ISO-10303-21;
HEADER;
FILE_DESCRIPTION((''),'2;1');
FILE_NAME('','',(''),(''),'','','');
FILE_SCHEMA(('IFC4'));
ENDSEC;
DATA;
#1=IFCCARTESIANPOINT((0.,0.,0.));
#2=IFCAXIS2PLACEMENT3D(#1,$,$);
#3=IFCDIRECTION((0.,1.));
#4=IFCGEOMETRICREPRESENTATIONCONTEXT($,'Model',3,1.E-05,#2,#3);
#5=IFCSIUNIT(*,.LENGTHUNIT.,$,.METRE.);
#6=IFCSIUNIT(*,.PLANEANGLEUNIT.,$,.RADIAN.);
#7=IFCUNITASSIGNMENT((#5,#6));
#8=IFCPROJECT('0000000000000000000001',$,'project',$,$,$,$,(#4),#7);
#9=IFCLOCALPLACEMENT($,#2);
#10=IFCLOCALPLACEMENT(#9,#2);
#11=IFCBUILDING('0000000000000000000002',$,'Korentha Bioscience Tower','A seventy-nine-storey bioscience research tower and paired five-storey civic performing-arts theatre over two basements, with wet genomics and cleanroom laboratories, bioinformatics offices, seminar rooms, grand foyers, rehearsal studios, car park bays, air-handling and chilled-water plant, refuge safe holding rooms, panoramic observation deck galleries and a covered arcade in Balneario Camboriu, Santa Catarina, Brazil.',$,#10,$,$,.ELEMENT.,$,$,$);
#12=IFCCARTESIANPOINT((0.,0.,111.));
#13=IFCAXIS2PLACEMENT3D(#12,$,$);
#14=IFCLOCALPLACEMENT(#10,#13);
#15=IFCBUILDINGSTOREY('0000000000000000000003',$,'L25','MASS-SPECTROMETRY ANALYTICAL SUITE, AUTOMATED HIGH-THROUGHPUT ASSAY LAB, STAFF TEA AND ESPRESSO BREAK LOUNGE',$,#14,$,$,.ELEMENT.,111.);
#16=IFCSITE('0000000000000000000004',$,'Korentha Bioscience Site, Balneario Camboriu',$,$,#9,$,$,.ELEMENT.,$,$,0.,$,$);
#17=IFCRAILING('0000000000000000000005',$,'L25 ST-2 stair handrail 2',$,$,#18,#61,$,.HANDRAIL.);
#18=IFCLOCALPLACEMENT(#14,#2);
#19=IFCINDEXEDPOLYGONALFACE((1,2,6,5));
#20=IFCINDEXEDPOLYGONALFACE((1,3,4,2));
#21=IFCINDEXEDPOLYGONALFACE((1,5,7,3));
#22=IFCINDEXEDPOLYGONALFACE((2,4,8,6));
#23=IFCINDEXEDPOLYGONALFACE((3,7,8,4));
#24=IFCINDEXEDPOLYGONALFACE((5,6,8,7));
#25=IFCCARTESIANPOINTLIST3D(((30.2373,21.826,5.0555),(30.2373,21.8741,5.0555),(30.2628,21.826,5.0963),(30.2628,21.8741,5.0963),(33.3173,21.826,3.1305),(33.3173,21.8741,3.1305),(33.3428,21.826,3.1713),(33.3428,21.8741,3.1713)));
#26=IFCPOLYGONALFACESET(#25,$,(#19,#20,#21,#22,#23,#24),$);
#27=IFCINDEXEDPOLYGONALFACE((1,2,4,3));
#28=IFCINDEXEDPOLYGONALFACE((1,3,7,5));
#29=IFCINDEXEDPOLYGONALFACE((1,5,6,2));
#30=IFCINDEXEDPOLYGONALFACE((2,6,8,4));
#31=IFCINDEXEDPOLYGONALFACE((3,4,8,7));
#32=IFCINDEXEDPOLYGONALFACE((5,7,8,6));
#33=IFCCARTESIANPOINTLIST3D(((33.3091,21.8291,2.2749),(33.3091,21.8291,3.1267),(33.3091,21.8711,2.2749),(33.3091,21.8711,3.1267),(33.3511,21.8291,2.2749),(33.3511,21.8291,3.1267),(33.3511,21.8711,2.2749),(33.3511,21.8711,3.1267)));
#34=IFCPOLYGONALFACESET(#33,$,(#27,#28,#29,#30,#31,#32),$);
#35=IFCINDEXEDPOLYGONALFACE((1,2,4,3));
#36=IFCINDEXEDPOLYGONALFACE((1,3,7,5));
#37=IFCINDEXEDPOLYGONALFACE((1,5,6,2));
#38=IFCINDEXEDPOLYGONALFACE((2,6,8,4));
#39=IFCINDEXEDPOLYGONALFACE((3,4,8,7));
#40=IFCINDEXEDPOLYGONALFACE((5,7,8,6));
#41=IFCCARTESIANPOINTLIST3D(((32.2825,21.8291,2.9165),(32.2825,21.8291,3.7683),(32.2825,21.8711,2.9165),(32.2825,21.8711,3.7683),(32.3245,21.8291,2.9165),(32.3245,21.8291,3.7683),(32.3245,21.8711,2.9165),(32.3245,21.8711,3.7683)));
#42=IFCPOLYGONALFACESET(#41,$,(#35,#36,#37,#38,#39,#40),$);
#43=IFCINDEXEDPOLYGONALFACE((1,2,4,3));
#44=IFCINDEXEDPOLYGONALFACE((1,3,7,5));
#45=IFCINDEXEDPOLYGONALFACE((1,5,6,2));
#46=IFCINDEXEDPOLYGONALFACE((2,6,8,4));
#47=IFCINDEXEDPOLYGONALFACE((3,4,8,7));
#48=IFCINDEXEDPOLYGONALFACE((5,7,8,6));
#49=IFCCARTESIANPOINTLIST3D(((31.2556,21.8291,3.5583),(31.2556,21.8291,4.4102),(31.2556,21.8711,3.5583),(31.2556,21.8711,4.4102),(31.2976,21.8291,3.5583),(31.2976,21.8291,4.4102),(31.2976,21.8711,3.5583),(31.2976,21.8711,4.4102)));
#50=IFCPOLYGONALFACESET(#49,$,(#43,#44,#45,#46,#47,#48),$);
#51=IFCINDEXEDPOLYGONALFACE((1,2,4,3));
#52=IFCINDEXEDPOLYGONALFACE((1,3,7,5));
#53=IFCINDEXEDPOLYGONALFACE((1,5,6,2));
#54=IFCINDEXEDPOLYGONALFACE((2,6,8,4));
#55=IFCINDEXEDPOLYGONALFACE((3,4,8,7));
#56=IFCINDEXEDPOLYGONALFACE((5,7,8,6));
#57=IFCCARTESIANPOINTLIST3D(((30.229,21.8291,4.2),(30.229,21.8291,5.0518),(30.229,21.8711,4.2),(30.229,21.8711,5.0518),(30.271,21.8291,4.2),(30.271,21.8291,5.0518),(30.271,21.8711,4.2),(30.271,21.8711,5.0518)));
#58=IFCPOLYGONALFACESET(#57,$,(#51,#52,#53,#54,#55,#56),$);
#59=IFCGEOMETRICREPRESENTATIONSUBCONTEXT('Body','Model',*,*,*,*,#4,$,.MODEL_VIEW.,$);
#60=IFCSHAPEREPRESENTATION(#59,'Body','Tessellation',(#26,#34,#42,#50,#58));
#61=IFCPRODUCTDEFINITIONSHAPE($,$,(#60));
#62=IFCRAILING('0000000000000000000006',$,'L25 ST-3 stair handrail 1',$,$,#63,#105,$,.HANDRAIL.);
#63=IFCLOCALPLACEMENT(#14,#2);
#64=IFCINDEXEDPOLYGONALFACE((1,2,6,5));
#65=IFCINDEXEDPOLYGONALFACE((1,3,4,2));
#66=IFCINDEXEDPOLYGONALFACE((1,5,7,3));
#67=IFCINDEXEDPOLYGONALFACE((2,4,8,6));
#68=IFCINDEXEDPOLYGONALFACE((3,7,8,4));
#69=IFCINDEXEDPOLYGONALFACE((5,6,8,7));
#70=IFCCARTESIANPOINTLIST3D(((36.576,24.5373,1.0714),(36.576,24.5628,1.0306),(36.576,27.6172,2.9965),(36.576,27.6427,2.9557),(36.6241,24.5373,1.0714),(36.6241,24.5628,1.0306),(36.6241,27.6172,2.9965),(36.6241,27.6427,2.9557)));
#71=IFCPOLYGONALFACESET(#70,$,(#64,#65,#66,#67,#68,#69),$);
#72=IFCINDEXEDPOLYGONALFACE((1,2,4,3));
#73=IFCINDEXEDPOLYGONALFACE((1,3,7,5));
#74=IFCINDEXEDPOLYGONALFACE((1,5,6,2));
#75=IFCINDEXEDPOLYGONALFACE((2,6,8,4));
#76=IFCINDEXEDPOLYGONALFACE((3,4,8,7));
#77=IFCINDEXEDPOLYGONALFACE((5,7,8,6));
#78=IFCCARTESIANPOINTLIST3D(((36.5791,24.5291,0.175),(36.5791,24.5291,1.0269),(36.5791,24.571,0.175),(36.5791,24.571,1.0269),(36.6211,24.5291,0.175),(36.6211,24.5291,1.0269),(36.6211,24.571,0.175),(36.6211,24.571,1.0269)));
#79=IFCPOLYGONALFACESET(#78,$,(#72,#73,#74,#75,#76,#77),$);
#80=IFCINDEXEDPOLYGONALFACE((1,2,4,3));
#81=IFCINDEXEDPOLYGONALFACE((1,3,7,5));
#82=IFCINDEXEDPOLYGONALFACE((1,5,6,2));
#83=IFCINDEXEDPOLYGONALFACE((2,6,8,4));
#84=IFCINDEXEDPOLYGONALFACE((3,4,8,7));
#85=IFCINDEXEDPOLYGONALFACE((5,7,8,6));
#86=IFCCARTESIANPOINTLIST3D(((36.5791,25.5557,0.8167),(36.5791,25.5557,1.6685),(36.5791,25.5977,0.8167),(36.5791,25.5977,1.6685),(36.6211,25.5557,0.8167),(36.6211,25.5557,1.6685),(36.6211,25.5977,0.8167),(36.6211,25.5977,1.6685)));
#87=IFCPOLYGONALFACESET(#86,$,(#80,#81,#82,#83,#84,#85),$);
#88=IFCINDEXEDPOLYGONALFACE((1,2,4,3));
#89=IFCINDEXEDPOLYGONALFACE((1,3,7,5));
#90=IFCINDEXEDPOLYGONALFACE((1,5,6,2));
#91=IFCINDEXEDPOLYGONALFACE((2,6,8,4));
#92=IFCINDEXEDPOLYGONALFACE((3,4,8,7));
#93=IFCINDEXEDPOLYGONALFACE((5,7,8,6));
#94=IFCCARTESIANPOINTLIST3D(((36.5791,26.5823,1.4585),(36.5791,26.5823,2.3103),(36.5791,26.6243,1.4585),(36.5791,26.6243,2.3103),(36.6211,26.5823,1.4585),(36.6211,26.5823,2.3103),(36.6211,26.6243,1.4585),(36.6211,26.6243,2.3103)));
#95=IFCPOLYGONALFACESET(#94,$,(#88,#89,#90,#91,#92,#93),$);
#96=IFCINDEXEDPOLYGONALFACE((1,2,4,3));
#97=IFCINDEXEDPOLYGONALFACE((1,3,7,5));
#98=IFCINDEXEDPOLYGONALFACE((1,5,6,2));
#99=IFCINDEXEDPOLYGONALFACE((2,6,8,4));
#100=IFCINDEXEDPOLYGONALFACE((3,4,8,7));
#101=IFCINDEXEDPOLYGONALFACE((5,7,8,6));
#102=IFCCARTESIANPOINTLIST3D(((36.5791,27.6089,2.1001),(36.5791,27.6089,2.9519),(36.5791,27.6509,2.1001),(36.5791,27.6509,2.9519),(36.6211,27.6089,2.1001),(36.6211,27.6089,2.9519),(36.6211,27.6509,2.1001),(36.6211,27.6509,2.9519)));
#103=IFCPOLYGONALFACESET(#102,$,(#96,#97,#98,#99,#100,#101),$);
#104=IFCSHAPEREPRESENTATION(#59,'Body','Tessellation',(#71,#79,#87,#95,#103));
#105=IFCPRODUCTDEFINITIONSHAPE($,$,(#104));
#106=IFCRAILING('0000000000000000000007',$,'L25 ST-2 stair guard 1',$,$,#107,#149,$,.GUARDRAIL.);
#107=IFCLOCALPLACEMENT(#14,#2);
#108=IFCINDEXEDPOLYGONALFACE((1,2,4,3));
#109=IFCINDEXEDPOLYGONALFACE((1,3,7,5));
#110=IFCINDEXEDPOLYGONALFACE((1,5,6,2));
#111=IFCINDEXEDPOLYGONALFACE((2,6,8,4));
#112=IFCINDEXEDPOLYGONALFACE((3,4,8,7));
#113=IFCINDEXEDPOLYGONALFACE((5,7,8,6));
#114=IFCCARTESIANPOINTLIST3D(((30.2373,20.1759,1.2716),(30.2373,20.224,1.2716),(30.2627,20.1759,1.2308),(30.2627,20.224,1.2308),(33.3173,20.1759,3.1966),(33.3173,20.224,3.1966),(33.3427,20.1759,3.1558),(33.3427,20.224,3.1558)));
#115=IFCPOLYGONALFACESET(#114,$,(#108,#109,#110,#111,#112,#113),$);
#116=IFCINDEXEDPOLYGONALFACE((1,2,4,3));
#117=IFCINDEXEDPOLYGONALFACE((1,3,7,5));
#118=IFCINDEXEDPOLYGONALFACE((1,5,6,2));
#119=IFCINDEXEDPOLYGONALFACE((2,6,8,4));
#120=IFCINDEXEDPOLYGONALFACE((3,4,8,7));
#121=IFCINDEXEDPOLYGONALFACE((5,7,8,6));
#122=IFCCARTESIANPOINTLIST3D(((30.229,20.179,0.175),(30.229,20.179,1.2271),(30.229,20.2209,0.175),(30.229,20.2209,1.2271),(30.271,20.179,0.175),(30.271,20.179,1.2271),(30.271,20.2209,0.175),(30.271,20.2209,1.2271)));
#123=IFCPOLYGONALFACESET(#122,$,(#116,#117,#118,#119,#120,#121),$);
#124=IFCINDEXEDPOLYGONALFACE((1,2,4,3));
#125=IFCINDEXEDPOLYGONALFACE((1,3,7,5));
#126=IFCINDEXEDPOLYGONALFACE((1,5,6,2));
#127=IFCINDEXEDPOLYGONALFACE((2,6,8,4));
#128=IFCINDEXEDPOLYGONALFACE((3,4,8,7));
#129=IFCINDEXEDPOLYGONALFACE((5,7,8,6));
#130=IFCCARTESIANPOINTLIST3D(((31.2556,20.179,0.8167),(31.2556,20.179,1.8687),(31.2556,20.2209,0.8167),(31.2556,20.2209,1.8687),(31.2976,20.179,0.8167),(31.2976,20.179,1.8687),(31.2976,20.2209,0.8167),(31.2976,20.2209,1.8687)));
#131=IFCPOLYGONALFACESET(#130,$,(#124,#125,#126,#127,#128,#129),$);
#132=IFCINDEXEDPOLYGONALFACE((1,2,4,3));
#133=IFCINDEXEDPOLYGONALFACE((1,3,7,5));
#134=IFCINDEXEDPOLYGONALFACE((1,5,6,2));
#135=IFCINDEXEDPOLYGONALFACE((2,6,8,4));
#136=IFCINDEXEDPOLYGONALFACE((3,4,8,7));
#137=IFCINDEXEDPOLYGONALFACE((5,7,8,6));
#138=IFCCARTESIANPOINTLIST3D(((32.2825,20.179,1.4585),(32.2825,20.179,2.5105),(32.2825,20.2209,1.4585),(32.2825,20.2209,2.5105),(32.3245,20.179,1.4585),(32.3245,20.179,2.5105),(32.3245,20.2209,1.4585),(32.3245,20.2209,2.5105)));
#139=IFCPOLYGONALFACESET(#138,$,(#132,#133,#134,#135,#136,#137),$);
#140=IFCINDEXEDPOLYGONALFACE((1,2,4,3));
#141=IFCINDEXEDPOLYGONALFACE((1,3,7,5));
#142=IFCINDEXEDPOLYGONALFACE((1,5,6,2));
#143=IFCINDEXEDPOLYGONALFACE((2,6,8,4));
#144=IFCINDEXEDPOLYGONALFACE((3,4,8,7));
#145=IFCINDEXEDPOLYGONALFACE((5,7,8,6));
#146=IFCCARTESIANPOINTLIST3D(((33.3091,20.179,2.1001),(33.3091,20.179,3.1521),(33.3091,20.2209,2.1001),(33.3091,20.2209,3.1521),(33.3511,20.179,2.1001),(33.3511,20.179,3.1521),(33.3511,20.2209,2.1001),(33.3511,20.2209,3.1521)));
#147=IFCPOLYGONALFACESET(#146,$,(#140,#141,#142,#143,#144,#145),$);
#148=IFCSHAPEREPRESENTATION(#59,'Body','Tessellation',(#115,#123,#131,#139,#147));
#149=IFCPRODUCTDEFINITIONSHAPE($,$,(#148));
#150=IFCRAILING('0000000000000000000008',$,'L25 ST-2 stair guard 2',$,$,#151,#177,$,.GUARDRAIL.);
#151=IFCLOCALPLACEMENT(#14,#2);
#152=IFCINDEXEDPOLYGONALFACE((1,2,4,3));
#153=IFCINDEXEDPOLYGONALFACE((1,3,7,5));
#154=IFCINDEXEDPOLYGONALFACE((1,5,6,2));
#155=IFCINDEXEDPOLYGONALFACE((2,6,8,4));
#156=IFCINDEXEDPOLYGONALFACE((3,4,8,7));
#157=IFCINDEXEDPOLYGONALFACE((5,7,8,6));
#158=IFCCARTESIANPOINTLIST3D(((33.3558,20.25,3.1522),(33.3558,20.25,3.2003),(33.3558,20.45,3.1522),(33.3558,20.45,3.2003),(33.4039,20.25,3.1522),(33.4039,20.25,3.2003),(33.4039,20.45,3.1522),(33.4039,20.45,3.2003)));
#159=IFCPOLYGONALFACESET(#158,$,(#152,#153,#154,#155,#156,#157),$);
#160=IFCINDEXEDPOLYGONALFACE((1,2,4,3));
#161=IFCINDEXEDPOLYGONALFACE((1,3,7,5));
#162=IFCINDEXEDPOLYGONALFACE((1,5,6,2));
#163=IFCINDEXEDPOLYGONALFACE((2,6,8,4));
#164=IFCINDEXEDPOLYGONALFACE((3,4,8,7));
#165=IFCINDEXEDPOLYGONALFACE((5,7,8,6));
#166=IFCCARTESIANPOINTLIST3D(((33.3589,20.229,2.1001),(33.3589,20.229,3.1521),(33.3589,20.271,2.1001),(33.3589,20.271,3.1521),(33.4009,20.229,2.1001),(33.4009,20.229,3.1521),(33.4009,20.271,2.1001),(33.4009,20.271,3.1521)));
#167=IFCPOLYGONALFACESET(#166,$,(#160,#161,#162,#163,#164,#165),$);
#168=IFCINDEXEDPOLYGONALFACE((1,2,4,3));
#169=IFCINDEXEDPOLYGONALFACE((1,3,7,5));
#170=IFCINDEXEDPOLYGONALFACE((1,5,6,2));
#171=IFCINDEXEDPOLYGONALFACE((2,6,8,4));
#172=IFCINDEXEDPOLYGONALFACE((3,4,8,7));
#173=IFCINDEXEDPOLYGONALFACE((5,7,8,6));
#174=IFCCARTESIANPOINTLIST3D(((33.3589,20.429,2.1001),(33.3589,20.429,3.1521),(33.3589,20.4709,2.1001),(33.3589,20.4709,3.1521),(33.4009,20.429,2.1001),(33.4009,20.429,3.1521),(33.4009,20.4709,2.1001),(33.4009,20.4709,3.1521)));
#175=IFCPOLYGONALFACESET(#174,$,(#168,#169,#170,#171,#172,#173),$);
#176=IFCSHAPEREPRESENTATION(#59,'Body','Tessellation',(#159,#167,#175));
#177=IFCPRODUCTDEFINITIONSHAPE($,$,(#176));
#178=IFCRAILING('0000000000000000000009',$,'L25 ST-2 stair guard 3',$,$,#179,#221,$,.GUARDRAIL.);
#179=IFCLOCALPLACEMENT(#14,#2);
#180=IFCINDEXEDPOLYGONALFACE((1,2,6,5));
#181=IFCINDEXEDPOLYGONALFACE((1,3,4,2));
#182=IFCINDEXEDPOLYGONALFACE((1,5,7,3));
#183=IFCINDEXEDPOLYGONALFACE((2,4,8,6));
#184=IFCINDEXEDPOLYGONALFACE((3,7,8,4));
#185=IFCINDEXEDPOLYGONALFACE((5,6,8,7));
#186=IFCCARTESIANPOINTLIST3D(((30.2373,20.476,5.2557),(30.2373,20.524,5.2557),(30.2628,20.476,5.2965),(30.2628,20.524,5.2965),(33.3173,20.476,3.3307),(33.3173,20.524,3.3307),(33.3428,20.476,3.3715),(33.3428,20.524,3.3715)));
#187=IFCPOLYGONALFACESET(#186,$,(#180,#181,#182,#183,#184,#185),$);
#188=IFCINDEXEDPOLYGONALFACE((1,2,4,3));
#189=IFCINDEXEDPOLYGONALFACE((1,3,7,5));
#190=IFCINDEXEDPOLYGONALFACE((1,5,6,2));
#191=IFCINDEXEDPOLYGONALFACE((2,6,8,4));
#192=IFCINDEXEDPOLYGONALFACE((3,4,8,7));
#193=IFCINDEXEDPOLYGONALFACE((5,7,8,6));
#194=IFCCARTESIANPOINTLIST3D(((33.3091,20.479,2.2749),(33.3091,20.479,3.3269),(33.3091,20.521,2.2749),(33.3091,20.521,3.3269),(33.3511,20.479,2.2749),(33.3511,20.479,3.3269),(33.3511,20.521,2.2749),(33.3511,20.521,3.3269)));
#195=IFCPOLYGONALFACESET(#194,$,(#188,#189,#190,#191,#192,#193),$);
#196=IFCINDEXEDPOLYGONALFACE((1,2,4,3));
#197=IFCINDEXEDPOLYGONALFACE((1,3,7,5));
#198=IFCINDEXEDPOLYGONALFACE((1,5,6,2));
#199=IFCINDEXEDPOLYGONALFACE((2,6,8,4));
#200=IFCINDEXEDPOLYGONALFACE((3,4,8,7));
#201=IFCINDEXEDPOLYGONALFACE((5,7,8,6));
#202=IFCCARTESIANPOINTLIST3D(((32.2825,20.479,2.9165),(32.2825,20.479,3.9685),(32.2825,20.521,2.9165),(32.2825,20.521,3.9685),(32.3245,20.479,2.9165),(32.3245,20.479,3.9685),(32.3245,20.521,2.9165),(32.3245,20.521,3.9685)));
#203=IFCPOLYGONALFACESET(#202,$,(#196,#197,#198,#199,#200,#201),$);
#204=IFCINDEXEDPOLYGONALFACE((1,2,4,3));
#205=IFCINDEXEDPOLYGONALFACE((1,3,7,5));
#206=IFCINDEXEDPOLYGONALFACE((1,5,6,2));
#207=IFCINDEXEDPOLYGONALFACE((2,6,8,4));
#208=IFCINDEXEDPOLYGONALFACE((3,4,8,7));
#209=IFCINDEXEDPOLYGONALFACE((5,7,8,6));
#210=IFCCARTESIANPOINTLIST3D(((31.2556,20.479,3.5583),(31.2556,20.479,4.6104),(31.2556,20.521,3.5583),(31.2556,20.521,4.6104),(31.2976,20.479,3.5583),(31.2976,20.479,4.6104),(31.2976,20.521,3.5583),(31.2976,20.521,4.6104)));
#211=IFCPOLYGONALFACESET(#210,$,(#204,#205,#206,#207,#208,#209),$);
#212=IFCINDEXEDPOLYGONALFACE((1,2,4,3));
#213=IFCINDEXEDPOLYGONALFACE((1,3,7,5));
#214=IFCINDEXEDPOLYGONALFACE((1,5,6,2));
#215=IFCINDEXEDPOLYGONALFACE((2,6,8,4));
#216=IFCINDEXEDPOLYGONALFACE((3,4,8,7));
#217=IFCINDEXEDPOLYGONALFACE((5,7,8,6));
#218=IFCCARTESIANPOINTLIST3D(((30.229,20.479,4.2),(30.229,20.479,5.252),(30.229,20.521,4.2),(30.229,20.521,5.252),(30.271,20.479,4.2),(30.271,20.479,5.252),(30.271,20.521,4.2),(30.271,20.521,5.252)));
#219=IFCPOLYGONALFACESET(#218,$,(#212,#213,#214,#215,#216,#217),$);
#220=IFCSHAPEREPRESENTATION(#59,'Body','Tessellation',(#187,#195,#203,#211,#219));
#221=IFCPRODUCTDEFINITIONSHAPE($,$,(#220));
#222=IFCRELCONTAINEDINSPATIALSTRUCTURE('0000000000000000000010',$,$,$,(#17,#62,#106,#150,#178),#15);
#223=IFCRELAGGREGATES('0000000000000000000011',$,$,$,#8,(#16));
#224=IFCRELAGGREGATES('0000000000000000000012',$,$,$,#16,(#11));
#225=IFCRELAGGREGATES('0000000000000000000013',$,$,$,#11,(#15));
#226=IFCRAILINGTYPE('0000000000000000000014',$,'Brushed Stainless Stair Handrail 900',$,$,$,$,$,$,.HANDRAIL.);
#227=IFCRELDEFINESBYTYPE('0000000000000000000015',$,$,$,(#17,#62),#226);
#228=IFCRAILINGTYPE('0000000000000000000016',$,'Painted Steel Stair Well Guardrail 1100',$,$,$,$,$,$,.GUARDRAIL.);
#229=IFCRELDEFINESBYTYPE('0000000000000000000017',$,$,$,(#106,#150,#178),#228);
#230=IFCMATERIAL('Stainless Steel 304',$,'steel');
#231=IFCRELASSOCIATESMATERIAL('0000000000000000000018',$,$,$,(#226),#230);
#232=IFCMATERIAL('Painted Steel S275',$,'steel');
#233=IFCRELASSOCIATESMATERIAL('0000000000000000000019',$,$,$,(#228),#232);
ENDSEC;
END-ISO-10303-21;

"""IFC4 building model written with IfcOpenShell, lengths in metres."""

from ifc_helpers import new_model, si_unit, direction, frame, origin, origin_2d, place, context, subcontext, project, spatial, rectangle, extrude, material, type_object, element, save


model = new_model("IFC4")

# Units and contexts
model_context = context("Model", 3, precision=1e-05, world=origin(), true_north=direction((0.0, 1.0)))
body_context = subcontext(model_context, "Body", "Model", "MODEL_VIEW")
ifc_project = project(units=[si_unit("LENGTHUNIT", "METRE"), si_unit("PLANEANGLEUNIT", "RADIAN")], contexts=[model_context])

# Site, building, storey
site_placement = place(None, origin())
site = spatial("IfcSite", under=ifc_project, at=site_placement, Name="Korentha Bioscience Site, Balneario Camboriu", CompositionType="ELEMENT", RefElevation=0.0)
building_placement = place(site_placement, origin())
building = spatial("IfcBuilding", under=site, at=building_placement, Name="Korentha Bioscience Tower", Description="A seventy-nine-storey bioscience research tower and paired five-storey civic performing-arts theatre over two basements, with wet genomics and cleanroom laboratories, bioinformatics offices, seminar rooms, grand foyers, rehearsal studios, car park bays, air-handling and chilled-water plant, refuge safe holding rooms, panoramic observation deck galleries and a covered arcade in Balneario Camboriu, Santa Catarina, Brazil.", CompositionType="ELEMENT")
storey_placement = place(building_placement, frame((0.0, 0.0, 111.0)))
storey = spatial("IfcBuildingStorey", under=building, at=storey_placement, Name="L25", Description="MASS-SPECTROMETRY ANALYTICAL SUITE, AUTOMATED HIGH-THROUGHPUT ASSAY LAB, STAFF TEA AND ESPRESSO BREAK LOUNGE", CompositionType="ELEMENT", Elevation=111.0)

# Railings
ifc_material_1 = material(Name="Stainless Steel 304", Category="steel")
railing_type_1 = type_object("IfcRailingType", Name="Brushed Stainless Stair Handrail 900", PredefinedType="HANDRAIL", material=ifc_material_1)
railing_1_placement = place(storey_placement, frame((33.3301, 21.8501, 2.2749)))
element("IfcRailing", 1, at=railing_1_placement, inside=storey, type_object=railing_type_1, Name="L25 ST-2 stair handrail 2", PredefinedType="HANDRAIL", context=body_context, shape_type="SweptSolid", body=[
    extrude(rectangle(XDim=0.0481, YDim=0.0481, at=origin_2d()), frame((0.0, 0.0, 0.876), z_axis=(-0.847998, 0.0, 0.529999), x_axis=(0.0, -1.0, 0.0)), (0.0, 0.0, 1.0), 3.6321),
    extrude(rectangle(XDim=0.042, YDim=0.042, at=origin_2d()), origin(), (0.0, 0.0, 1.0), 0.8518),
    extrude(rectangle(XDim=0.042, YDim=0.042, at=origin_2d()), frame((-1.0266, 0.0, 0.6416)), (0.0, 0.0, 1.0), 0.8518),
    extrude(rectangle(XDim=0.042, YDim=0.042, at=origin_2d()), frame((-2.0535, 0.0, 1.2834)), (0.0, 0.0, 1.0), 0.8518),
    extrude(rectangle(XDim=0.042, YDim=0.042, at=origin_2d()), frame((-3.0801, 0.0, 1.925)), (0.0, 0.0, 1.0), 0.8518),
])
railing_2_placement = place(storey_placement, frame((36.6001, 24.55, 0.175)))
element("IfcRailing", 2, at=railing_2_placement, inside=storey, type_object=railing_type_1, Name="L25 ST-3 stair handrail 1", PredefinedType="HANDRAIL", context=body_context, shape_type="SweptSolid", body=[
    extrude(rectangle(XDim=0.0481, YDim=0.0481, at=origin_2d()), frame((0.0, 0.0, 0.876), z_axis=(0.0, 0.847979, 0.530029), x_axis=(-1.0, 0.0, 0.0)), (0.0, 0.0, 1.0), 3.6321),
    extrude(rectangle(XDim=0.042, YDim=0.042, at=origin_2d()), origin(), (0.0, 0.0, 1.0), 0.8518),
    extrude(rectangle(XDim=0.042, YDim=0.042, at=origin_2d()), frame((0.0, 1.0266, 0.6416)), (0.0, 0.0, 1.0), 0.8518),
    extrude(rectangle(XDim=0.042, YDim=0.042, at=origin_2d()), frame((0.0, 2.0532, 1.2834)), (0.0, 0.0, 1.0), 0.8518),
    extrude(rectangle(XDim=0.042, YDim=0.042, at=origin_2d()), frame((0.0, 3.0798, 1.925)), (0.0, 0.0, 1.0), 0.8518),
])
ifc_material_2 = material(Name="Painted Steel S275", Category="steel")
railing_type_2 = type_object("IfcRailingType", Name="Painted Steel Stair Well Guardrail 1100", PredefinedType="GUARDRAIL", material=ifc_material_2)
railing_3_placement = place(storey_placement, frame((30.25, 20.2, 0.175)))
element("IfcRailing", 3, at=railing_3_placement, inside=storey, type_object=railing_type_2, Name="L25 ST-2 stair guard 1", PredefinedType="GUARDRAIL", context=body_context, shape_type="SweptSolid", body=[
    extrude(rectangle(XDim=0.0481, YDim=0.0481, at=origin_2d()), frame((0.0, 0.0, 1.0762), z_axis=(0.847998, 0.0, 0.529999), x_axis=(0.0, 1.0, 0.0)), (0.0, 0.0, 1.0), 3.6321),
    extrude(rectangle(XDim=0.042, YDim=0.042, at=origin_2d()), origin(), (0.0, 0.0, 1.0), 1.052),
    extrude(rectangle(XDim=0.042, YDim=0.042, at=origin_2d()), frame((1.0266, 0.0, 0.6416)), (0.0, 0.0, 1.0), 1.052),
    extrude(rectangle(XDim=0.042, YDim=0.042, at=origin_2d()), frame((2.0535, 0.0, 1.2834)), (0.0, 0.0, 1.0), 1.052),
    extrude(rectangle(XDim=0.042, YDim=0.042, at=origin_2d()), frame((3.0801, 0.0, 1.925)), (0.0, 0.0, 1.0), 1.052),
])
railing_4_placement = place(storey_placement, frame((33.3799, 20.25, 2.1001)))
element("IfcRailing", 4, at=railing_4_placement, inside=storey, type_object=railing_type_2, Name="L25 ST-2 stair guard 2", PredefinedType="GUARDRAIL", context=body_context, shape_type="SweptSolid", body=[
    extrude(rectangle(XDim=0.0481, YDim=0.0481, at=origin_2d()), frame((0.0, 0.0, 1.0762), z_axis=(0.0, 1.0, 0.0), x_axis=(-1.0, 0.0, 0.0)), (0.0, 0.0, 1.0), 0.2),
    extrude(rectangle(XDim=0.042, YDim=0.042, at=origin_2d()), origin(), (0.0, 0.0, 1.0), 1.052),
    extrude(rectangle(XDim=0.042, YDim=0.042, at=origin_2d()), frame((0.0, 0.2, 0.0)), (0.0, 0.0, 1.0), 1.052),
])
railing_5_placement = place(storey_placement, frame((33.3301, 20.5, 2.2749)))
element("IfcRailing", 5, at=railing_5_placement, inside=storey, type_object=railing_type_2, Name="L25 ST-2 stair guard 3", PredefinedType="GUARDRAIL", context=body_context, shape_type="SweptSolid", body=[
    extrude(rectangle(XDim=0.0481, YDim=0.0481, at=origin_2d()), frame((0.0, 0.0, 1.0762), z_axis=(-0.847998, 0.0, 0.529999), x_axis=(0.0, -1.0, 0.0)), (0.0, 0.0, 1.0), 3.6321),
    extrude(rectangle(XDim=0.042, YDim=0.042, at=origin_2d()), origin(), (0.0, 0.0, 1.0), 1.052),
    extrude(rectangle(XDim=0.042, YDim=0.042, at=origin_2d()), frame((-1.0266, 0.0, 0.6416)), (0.0, 0.0, 1.0), 1.052),
    extrude(rectangle(XDim=0.042, YDim=0.042, at=origin_2d()), frame((-2.0535, 0.0, 1.2834)), (0.0, 0.0, 1.0), 1.052),
    extrude(rectangle(XDim=0.042, YDim=0.042, at=origin_2d()), frame((-3.0801, 0.0, 1.925)), (0.0, 0.0, 1.0), 1.052),
])

save(model, "model.ifc")
